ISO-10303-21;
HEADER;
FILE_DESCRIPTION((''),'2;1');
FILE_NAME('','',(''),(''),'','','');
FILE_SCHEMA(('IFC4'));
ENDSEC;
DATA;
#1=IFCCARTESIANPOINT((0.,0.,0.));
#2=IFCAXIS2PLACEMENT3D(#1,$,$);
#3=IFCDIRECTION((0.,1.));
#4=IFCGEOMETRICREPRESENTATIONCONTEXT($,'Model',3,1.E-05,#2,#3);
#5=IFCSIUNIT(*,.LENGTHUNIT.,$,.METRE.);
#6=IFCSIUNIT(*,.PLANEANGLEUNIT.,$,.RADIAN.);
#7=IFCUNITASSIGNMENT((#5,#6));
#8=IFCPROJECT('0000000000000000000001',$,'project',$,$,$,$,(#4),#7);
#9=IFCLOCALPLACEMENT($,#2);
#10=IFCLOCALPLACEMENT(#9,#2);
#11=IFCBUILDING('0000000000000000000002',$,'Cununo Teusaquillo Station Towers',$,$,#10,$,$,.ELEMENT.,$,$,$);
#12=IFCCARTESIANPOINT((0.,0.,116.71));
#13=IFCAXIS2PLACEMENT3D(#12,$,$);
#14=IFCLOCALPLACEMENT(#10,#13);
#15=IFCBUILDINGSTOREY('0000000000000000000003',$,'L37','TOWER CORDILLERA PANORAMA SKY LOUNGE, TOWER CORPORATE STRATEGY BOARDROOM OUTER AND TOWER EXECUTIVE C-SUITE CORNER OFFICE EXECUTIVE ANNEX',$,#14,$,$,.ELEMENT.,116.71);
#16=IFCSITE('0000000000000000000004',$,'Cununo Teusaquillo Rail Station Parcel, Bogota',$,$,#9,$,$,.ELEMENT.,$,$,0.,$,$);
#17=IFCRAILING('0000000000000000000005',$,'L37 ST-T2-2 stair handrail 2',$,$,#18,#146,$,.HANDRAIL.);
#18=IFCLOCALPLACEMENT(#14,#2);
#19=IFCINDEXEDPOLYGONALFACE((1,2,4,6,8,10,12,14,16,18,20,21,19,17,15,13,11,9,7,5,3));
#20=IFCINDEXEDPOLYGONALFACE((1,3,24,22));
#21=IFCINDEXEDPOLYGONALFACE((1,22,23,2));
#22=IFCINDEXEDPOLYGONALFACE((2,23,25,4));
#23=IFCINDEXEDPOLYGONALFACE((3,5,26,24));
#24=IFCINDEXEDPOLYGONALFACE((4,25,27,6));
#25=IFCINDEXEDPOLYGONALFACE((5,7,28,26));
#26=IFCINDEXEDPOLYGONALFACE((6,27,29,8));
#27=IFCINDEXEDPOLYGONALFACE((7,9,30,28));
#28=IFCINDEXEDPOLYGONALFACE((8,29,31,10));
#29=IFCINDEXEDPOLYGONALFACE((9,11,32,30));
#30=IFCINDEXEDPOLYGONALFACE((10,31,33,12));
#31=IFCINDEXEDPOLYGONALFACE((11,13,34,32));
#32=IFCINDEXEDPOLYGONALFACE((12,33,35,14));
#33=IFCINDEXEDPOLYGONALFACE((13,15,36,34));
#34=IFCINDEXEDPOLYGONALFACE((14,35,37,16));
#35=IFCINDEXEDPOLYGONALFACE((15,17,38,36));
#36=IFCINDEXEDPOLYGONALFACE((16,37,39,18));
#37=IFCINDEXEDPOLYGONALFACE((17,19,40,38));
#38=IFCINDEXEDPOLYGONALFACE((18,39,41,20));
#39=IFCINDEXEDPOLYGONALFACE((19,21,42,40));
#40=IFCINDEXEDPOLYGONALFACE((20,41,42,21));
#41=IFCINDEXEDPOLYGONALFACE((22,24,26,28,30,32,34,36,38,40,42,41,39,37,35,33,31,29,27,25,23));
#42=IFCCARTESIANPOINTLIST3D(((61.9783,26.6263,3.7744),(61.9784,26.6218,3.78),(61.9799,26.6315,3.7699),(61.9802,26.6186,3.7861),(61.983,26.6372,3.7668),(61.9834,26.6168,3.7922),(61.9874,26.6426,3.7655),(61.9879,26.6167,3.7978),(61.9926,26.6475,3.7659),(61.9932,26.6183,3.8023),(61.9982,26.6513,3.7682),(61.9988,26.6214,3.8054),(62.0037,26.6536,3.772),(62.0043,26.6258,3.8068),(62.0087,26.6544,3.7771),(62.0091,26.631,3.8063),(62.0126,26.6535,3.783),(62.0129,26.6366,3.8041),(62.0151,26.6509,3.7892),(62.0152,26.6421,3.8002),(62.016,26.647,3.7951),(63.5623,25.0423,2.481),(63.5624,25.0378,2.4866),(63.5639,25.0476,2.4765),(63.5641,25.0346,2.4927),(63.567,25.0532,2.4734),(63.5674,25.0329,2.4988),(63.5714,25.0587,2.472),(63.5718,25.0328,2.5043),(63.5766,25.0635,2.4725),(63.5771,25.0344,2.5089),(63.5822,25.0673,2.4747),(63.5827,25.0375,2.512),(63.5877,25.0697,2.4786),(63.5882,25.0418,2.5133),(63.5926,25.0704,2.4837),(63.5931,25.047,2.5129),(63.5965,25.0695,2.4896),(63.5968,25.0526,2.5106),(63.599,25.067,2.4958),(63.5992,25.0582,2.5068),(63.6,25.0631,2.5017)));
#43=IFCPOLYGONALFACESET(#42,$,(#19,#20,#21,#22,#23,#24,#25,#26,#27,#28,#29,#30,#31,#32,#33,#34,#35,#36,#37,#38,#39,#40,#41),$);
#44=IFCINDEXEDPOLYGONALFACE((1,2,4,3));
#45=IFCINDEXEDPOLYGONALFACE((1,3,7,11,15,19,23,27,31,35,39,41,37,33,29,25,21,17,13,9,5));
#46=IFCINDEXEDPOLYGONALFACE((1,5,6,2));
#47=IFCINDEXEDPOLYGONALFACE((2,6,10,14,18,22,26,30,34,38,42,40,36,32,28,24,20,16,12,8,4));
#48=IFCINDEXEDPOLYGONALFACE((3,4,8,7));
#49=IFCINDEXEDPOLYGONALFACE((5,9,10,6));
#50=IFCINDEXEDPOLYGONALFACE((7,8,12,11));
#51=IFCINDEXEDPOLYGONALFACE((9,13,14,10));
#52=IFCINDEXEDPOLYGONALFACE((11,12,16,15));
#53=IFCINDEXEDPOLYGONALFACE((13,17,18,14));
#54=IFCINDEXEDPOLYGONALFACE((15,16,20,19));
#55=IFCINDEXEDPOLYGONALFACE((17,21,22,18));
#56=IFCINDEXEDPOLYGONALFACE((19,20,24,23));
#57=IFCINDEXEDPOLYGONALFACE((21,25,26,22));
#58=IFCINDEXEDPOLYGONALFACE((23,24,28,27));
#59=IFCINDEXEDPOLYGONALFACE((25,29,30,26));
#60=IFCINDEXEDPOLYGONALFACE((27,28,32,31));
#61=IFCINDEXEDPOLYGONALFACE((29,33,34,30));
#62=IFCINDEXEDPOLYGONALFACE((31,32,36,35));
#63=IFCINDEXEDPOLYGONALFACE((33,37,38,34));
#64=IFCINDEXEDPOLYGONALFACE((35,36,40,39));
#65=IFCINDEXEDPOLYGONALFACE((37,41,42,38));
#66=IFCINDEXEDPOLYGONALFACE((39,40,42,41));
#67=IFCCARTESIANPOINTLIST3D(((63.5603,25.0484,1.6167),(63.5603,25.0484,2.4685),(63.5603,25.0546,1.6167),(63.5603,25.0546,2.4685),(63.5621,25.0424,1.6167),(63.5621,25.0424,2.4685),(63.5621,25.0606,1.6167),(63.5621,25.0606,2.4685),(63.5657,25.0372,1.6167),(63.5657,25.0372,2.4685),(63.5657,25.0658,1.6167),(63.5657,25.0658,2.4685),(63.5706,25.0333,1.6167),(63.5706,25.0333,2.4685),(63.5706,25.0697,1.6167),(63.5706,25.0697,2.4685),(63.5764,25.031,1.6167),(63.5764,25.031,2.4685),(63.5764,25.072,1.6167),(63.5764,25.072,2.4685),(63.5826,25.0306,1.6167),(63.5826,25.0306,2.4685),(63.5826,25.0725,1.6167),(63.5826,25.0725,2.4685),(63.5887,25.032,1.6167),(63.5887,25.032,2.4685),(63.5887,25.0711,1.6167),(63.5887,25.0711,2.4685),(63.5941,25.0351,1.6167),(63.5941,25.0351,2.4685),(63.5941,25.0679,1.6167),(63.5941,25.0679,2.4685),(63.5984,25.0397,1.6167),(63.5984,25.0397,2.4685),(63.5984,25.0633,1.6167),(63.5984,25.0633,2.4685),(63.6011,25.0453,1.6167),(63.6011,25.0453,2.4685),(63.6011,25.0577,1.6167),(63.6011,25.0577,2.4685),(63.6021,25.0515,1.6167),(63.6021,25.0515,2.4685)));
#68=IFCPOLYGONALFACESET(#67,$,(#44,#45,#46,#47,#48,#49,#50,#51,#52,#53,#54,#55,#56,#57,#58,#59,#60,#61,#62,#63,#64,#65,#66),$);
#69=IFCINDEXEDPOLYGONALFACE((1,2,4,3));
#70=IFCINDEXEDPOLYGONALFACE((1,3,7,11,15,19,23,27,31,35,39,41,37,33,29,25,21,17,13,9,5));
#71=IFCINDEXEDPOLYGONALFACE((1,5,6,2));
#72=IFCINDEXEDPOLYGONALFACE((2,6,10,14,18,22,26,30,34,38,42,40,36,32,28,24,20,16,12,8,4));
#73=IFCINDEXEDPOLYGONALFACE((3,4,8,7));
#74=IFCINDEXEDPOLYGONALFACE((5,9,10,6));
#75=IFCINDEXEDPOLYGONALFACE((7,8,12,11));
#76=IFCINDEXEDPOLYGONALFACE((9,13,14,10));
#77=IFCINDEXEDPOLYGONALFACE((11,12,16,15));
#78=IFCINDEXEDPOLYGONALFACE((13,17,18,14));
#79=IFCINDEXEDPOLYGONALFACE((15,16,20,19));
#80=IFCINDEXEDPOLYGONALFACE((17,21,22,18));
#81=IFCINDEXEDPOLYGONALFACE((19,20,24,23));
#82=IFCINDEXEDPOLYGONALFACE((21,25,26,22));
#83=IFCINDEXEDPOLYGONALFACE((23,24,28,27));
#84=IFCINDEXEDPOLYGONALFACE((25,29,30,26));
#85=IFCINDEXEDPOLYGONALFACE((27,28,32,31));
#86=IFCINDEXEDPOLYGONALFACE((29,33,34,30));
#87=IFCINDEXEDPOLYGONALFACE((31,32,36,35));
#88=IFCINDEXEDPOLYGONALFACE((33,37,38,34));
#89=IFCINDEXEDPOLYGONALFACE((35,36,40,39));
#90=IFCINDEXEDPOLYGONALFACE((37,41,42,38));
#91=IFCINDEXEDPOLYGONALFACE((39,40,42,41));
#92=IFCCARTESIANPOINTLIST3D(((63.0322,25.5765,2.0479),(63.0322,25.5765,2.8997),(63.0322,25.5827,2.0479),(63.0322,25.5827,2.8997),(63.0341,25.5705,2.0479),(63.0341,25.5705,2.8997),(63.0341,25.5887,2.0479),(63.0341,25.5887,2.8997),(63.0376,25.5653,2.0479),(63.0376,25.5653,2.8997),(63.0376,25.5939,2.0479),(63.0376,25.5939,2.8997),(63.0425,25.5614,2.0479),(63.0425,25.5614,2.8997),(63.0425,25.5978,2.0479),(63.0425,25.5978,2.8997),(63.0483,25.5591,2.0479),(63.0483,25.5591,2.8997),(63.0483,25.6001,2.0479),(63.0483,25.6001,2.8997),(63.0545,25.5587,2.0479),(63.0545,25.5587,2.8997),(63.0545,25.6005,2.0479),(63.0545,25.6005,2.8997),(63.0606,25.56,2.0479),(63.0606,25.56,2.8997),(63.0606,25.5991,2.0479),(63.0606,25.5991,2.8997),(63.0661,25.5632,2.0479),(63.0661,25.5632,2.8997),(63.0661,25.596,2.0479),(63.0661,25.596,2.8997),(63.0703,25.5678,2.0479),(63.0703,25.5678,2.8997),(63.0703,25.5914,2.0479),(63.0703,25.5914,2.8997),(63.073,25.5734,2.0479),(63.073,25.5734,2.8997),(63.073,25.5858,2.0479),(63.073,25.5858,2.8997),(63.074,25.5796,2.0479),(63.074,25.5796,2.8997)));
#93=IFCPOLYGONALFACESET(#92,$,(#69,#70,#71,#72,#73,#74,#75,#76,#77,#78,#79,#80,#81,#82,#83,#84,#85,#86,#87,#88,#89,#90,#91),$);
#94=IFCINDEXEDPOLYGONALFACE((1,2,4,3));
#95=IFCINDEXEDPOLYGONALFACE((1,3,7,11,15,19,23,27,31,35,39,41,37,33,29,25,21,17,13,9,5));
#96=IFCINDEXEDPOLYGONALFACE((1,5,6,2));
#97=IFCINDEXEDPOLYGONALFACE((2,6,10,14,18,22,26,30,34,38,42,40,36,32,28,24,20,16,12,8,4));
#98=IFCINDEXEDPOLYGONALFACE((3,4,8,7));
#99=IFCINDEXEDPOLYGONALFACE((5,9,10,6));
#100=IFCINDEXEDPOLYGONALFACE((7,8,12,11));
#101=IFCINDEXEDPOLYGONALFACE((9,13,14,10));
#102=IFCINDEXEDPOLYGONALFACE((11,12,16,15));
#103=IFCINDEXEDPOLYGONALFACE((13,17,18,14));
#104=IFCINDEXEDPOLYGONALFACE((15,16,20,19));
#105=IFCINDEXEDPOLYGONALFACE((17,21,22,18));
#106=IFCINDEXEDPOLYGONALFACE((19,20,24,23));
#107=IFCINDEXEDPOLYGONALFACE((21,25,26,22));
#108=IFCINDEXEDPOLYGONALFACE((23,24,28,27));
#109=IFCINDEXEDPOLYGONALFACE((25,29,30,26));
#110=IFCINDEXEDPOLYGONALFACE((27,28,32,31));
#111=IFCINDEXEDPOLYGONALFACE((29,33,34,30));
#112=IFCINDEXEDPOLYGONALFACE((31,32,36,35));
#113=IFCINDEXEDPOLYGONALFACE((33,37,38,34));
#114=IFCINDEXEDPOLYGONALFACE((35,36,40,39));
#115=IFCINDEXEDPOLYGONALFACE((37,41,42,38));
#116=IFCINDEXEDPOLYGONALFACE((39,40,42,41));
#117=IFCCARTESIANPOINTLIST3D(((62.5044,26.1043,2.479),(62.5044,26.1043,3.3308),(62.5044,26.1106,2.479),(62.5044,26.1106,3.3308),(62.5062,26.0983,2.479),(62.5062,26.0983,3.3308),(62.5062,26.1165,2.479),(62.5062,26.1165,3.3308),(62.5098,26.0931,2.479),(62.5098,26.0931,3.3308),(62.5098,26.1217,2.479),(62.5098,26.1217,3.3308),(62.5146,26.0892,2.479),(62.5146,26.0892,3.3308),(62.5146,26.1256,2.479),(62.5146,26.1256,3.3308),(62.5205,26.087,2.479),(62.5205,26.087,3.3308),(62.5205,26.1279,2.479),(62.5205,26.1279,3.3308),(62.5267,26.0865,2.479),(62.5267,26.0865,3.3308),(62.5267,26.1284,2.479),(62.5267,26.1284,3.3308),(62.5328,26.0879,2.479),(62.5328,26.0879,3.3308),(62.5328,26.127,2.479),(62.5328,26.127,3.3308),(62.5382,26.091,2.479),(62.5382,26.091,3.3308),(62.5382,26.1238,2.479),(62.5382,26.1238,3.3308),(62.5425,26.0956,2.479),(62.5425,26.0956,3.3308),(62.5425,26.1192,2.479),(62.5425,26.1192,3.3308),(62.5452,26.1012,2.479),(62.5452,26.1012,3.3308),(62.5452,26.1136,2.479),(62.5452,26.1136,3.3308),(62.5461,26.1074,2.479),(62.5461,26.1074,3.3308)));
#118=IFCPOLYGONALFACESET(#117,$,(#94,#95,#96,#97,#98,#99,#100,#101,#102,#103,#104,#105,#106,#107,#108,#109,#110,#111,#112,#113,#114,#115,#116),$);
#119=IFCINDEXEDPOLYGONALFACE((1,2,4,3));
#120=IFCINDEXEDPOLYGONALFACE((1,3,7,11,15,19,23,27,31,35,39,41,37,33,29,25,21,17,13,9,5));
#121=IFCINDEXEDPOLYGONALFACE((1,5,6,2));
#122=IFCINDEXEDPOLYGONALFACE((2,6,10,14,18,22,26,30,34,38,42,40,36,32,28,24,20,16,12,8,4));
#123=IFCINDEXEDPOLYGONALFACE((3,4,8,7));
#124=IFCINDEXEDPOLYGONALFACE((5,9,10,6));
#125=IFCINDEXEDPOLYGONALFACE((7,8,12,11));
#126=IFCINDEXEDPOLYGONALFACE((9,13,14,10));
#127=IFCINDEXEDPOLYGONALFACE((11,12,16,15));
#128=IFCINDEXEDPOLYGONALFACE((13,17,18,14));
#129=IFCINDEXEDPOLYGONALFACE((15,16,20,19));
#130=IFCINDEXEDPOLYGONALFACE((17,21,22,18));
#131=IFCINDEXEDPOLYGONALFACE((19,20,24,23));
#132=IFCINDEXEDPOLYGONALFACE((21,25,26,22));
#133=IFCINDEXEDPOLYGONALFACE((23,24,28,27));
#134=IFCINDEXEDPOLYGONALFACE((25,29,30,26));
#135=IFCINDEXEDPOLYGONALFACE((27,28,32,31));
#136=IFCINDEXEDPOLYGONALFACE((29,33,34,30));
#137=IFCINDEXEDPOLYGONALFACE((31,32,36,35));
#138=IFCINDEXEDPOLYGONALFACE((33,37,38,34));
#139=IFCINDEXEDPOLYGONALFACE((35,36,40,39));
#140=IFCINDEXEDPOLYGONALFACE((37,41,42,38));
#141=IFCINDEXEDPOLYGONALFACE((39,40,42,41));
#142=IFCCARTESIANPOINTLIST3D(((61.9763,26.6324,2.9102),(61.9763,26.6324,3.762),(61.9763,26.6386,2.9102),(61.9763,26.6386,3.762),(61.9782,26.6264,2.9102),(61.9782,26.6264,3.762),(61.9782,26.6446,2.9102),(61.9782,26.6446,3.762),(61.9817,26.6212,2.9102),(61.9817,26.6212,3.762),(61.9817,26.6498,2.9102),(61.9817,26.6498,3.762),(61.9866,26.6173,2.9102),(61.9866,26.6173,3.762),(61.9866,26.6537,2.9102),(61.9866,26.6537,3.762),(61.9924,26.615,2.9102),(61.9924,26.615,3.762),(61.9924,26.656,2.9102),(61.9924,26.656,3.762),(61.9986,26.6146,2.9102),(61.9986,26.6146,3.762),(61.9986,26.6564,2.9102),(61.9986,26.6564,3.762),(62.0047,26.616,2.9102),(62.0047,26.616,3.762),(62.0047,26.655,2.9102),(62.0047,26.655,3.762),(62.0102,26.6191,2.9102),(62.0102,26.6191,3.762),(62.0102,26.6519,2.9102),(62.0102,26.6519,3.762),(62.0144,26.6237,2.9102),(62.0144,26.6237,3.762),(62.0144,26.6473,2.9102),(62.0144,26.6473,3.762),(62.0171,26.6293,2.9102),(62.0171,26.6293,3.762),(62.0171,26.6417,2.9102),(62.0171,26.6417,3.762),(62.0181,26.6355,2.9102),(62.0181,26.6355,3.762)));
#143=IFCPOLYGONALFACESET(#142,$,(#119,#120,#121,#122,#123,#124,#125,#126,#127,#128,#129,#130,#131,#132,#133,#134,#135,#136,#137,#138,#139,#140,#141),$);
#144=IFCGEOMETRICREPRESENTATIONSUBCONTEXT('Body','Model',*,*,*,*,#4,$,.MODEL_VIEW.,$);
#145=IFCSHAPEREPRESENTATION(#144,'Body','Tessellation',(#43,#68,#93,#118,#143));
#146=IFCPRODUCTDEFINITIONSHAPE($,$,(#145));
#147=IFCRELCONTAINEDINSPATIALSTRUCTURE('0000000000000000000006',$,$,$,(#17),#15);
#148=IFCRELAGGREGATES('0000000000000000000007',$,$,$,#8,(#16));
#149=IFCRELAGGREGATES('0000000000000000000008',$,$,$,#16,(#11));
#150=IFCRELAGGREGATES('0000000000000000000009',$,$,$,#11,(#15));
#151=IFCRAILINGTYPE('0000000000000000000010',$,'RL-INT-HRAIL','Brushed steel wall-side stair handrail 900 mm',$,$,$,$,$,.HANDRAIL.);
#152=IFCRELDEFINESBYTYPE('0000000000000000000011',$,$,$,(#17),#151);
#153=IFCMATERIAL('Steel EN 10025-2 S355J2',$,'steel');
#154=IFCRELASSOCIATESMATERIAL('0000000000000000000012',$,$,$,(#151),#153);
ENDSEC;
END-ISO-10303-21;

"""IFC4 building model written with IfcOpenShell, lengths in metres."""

from ifc_helpers import new_model, si_unit, direction, frame, origin, origin_2d, place, context, subcontext, project, spatial, circle, extrude, material, type_object, element, save


model = new_model("IFC4")

# Units and contexts
model_context = context("Model", 3, precision=1e-05, world=origin(), true_north=direction((0.0, 1.0)))
body_context = subcontext(model_context, "Body", "Model", "MODEL_VIEW")
ifc_project = project(units=[si_unit("LENGTHUNIT", "METRE"), si_unit("PLANEANGLEUNIT", "RADIAN")], contexts=[model_context])

# Site, building, storey
site_placement = place(None, origin())
site = spatial("IfcSite", under=ifc_project, at=site_placement, Name="Cununo Teusaquillo Rail Station Parcel, Bogota", CompositionType="ELEMENT", RefElevation=0.0)
building_placement = place(site_placement, origin())
building = spatial("IfcBuilding", under=site, at=building_placement, Name="Cununo Teusaquillo Station Towers", CompositionType="ELEMENT")
storey_placement = place(building_placement, frame((0.0, 0.0, 116.71)))
storey = spatial("IfcBuildingStorey", under=building, at=storey_placement, Name="L37", Description="TOWER CORDILLERA PANORAMA SKY LOUNGE, TOWER CORPORATE STRATEGY BOARDROOM OUTER AND TOWER EXECUTIVE C-SUITE CORNER OFFICE EXECUTIVE ANNEX", CompositionType="ELEMENT", Elevation=116.71)

# Railing
ifc_material_1 = material(Name="Steel EN 10025-2 S355J2", Category="steel")
railing_type_1 = type_object("IfcRailingType", Name="RL-INT-HRAIL", Description="Brushed steel wall-side stair handrail 900 mm", PredefinedType="HANDRAIL", material=ifc_material_1)
railing_1_placement = place(storey_placement, frame((63.5811, 25.0515, 1.6167)))
element("IfcRailing", 1, at=railing_1_placement, inside=storey, type_object=railing_type_1, Name="L37 ST-T2-2 stair handrail 2", PredefinedType="HANDRAIL", context=body_context, shape_type="SweptSolid", body=[
    extrude(circle(Radius=0.0239, at=origin_2d()), frame((0.0, 0.0, 0.876), z_axis=(-0.612356, 0.612356, 0.50004), x_axis=(-0.707107, -0.707107, 0.0)), (0.0, 0.0, 1.0), 2.5867),
    extrude(circle(Radius=0.021, at=origin_2d()), origin(), (0.0, 0.0, 1.0), 0.8518),
    extrude(circle(Radius=0.021, at=origin_2d()), frame((-0.5281, 0.5281, 0.4312)), (0.0, 0.0, 1.0), 0.8518),
    extrude(circle(Radius=0.021, at=origin_2d()), frame((-1.0559, 1.0559, 0.8623)), (0.0, 0.0, 1.0), 0.8518),
    extrude(circle(Radius=0.021, at=origin_2d()), frame((-1.584, 1.584, 1.2935)), (0.0, 0.0, 1.0), 0.8518),
])

save(model, "model.ifc")
